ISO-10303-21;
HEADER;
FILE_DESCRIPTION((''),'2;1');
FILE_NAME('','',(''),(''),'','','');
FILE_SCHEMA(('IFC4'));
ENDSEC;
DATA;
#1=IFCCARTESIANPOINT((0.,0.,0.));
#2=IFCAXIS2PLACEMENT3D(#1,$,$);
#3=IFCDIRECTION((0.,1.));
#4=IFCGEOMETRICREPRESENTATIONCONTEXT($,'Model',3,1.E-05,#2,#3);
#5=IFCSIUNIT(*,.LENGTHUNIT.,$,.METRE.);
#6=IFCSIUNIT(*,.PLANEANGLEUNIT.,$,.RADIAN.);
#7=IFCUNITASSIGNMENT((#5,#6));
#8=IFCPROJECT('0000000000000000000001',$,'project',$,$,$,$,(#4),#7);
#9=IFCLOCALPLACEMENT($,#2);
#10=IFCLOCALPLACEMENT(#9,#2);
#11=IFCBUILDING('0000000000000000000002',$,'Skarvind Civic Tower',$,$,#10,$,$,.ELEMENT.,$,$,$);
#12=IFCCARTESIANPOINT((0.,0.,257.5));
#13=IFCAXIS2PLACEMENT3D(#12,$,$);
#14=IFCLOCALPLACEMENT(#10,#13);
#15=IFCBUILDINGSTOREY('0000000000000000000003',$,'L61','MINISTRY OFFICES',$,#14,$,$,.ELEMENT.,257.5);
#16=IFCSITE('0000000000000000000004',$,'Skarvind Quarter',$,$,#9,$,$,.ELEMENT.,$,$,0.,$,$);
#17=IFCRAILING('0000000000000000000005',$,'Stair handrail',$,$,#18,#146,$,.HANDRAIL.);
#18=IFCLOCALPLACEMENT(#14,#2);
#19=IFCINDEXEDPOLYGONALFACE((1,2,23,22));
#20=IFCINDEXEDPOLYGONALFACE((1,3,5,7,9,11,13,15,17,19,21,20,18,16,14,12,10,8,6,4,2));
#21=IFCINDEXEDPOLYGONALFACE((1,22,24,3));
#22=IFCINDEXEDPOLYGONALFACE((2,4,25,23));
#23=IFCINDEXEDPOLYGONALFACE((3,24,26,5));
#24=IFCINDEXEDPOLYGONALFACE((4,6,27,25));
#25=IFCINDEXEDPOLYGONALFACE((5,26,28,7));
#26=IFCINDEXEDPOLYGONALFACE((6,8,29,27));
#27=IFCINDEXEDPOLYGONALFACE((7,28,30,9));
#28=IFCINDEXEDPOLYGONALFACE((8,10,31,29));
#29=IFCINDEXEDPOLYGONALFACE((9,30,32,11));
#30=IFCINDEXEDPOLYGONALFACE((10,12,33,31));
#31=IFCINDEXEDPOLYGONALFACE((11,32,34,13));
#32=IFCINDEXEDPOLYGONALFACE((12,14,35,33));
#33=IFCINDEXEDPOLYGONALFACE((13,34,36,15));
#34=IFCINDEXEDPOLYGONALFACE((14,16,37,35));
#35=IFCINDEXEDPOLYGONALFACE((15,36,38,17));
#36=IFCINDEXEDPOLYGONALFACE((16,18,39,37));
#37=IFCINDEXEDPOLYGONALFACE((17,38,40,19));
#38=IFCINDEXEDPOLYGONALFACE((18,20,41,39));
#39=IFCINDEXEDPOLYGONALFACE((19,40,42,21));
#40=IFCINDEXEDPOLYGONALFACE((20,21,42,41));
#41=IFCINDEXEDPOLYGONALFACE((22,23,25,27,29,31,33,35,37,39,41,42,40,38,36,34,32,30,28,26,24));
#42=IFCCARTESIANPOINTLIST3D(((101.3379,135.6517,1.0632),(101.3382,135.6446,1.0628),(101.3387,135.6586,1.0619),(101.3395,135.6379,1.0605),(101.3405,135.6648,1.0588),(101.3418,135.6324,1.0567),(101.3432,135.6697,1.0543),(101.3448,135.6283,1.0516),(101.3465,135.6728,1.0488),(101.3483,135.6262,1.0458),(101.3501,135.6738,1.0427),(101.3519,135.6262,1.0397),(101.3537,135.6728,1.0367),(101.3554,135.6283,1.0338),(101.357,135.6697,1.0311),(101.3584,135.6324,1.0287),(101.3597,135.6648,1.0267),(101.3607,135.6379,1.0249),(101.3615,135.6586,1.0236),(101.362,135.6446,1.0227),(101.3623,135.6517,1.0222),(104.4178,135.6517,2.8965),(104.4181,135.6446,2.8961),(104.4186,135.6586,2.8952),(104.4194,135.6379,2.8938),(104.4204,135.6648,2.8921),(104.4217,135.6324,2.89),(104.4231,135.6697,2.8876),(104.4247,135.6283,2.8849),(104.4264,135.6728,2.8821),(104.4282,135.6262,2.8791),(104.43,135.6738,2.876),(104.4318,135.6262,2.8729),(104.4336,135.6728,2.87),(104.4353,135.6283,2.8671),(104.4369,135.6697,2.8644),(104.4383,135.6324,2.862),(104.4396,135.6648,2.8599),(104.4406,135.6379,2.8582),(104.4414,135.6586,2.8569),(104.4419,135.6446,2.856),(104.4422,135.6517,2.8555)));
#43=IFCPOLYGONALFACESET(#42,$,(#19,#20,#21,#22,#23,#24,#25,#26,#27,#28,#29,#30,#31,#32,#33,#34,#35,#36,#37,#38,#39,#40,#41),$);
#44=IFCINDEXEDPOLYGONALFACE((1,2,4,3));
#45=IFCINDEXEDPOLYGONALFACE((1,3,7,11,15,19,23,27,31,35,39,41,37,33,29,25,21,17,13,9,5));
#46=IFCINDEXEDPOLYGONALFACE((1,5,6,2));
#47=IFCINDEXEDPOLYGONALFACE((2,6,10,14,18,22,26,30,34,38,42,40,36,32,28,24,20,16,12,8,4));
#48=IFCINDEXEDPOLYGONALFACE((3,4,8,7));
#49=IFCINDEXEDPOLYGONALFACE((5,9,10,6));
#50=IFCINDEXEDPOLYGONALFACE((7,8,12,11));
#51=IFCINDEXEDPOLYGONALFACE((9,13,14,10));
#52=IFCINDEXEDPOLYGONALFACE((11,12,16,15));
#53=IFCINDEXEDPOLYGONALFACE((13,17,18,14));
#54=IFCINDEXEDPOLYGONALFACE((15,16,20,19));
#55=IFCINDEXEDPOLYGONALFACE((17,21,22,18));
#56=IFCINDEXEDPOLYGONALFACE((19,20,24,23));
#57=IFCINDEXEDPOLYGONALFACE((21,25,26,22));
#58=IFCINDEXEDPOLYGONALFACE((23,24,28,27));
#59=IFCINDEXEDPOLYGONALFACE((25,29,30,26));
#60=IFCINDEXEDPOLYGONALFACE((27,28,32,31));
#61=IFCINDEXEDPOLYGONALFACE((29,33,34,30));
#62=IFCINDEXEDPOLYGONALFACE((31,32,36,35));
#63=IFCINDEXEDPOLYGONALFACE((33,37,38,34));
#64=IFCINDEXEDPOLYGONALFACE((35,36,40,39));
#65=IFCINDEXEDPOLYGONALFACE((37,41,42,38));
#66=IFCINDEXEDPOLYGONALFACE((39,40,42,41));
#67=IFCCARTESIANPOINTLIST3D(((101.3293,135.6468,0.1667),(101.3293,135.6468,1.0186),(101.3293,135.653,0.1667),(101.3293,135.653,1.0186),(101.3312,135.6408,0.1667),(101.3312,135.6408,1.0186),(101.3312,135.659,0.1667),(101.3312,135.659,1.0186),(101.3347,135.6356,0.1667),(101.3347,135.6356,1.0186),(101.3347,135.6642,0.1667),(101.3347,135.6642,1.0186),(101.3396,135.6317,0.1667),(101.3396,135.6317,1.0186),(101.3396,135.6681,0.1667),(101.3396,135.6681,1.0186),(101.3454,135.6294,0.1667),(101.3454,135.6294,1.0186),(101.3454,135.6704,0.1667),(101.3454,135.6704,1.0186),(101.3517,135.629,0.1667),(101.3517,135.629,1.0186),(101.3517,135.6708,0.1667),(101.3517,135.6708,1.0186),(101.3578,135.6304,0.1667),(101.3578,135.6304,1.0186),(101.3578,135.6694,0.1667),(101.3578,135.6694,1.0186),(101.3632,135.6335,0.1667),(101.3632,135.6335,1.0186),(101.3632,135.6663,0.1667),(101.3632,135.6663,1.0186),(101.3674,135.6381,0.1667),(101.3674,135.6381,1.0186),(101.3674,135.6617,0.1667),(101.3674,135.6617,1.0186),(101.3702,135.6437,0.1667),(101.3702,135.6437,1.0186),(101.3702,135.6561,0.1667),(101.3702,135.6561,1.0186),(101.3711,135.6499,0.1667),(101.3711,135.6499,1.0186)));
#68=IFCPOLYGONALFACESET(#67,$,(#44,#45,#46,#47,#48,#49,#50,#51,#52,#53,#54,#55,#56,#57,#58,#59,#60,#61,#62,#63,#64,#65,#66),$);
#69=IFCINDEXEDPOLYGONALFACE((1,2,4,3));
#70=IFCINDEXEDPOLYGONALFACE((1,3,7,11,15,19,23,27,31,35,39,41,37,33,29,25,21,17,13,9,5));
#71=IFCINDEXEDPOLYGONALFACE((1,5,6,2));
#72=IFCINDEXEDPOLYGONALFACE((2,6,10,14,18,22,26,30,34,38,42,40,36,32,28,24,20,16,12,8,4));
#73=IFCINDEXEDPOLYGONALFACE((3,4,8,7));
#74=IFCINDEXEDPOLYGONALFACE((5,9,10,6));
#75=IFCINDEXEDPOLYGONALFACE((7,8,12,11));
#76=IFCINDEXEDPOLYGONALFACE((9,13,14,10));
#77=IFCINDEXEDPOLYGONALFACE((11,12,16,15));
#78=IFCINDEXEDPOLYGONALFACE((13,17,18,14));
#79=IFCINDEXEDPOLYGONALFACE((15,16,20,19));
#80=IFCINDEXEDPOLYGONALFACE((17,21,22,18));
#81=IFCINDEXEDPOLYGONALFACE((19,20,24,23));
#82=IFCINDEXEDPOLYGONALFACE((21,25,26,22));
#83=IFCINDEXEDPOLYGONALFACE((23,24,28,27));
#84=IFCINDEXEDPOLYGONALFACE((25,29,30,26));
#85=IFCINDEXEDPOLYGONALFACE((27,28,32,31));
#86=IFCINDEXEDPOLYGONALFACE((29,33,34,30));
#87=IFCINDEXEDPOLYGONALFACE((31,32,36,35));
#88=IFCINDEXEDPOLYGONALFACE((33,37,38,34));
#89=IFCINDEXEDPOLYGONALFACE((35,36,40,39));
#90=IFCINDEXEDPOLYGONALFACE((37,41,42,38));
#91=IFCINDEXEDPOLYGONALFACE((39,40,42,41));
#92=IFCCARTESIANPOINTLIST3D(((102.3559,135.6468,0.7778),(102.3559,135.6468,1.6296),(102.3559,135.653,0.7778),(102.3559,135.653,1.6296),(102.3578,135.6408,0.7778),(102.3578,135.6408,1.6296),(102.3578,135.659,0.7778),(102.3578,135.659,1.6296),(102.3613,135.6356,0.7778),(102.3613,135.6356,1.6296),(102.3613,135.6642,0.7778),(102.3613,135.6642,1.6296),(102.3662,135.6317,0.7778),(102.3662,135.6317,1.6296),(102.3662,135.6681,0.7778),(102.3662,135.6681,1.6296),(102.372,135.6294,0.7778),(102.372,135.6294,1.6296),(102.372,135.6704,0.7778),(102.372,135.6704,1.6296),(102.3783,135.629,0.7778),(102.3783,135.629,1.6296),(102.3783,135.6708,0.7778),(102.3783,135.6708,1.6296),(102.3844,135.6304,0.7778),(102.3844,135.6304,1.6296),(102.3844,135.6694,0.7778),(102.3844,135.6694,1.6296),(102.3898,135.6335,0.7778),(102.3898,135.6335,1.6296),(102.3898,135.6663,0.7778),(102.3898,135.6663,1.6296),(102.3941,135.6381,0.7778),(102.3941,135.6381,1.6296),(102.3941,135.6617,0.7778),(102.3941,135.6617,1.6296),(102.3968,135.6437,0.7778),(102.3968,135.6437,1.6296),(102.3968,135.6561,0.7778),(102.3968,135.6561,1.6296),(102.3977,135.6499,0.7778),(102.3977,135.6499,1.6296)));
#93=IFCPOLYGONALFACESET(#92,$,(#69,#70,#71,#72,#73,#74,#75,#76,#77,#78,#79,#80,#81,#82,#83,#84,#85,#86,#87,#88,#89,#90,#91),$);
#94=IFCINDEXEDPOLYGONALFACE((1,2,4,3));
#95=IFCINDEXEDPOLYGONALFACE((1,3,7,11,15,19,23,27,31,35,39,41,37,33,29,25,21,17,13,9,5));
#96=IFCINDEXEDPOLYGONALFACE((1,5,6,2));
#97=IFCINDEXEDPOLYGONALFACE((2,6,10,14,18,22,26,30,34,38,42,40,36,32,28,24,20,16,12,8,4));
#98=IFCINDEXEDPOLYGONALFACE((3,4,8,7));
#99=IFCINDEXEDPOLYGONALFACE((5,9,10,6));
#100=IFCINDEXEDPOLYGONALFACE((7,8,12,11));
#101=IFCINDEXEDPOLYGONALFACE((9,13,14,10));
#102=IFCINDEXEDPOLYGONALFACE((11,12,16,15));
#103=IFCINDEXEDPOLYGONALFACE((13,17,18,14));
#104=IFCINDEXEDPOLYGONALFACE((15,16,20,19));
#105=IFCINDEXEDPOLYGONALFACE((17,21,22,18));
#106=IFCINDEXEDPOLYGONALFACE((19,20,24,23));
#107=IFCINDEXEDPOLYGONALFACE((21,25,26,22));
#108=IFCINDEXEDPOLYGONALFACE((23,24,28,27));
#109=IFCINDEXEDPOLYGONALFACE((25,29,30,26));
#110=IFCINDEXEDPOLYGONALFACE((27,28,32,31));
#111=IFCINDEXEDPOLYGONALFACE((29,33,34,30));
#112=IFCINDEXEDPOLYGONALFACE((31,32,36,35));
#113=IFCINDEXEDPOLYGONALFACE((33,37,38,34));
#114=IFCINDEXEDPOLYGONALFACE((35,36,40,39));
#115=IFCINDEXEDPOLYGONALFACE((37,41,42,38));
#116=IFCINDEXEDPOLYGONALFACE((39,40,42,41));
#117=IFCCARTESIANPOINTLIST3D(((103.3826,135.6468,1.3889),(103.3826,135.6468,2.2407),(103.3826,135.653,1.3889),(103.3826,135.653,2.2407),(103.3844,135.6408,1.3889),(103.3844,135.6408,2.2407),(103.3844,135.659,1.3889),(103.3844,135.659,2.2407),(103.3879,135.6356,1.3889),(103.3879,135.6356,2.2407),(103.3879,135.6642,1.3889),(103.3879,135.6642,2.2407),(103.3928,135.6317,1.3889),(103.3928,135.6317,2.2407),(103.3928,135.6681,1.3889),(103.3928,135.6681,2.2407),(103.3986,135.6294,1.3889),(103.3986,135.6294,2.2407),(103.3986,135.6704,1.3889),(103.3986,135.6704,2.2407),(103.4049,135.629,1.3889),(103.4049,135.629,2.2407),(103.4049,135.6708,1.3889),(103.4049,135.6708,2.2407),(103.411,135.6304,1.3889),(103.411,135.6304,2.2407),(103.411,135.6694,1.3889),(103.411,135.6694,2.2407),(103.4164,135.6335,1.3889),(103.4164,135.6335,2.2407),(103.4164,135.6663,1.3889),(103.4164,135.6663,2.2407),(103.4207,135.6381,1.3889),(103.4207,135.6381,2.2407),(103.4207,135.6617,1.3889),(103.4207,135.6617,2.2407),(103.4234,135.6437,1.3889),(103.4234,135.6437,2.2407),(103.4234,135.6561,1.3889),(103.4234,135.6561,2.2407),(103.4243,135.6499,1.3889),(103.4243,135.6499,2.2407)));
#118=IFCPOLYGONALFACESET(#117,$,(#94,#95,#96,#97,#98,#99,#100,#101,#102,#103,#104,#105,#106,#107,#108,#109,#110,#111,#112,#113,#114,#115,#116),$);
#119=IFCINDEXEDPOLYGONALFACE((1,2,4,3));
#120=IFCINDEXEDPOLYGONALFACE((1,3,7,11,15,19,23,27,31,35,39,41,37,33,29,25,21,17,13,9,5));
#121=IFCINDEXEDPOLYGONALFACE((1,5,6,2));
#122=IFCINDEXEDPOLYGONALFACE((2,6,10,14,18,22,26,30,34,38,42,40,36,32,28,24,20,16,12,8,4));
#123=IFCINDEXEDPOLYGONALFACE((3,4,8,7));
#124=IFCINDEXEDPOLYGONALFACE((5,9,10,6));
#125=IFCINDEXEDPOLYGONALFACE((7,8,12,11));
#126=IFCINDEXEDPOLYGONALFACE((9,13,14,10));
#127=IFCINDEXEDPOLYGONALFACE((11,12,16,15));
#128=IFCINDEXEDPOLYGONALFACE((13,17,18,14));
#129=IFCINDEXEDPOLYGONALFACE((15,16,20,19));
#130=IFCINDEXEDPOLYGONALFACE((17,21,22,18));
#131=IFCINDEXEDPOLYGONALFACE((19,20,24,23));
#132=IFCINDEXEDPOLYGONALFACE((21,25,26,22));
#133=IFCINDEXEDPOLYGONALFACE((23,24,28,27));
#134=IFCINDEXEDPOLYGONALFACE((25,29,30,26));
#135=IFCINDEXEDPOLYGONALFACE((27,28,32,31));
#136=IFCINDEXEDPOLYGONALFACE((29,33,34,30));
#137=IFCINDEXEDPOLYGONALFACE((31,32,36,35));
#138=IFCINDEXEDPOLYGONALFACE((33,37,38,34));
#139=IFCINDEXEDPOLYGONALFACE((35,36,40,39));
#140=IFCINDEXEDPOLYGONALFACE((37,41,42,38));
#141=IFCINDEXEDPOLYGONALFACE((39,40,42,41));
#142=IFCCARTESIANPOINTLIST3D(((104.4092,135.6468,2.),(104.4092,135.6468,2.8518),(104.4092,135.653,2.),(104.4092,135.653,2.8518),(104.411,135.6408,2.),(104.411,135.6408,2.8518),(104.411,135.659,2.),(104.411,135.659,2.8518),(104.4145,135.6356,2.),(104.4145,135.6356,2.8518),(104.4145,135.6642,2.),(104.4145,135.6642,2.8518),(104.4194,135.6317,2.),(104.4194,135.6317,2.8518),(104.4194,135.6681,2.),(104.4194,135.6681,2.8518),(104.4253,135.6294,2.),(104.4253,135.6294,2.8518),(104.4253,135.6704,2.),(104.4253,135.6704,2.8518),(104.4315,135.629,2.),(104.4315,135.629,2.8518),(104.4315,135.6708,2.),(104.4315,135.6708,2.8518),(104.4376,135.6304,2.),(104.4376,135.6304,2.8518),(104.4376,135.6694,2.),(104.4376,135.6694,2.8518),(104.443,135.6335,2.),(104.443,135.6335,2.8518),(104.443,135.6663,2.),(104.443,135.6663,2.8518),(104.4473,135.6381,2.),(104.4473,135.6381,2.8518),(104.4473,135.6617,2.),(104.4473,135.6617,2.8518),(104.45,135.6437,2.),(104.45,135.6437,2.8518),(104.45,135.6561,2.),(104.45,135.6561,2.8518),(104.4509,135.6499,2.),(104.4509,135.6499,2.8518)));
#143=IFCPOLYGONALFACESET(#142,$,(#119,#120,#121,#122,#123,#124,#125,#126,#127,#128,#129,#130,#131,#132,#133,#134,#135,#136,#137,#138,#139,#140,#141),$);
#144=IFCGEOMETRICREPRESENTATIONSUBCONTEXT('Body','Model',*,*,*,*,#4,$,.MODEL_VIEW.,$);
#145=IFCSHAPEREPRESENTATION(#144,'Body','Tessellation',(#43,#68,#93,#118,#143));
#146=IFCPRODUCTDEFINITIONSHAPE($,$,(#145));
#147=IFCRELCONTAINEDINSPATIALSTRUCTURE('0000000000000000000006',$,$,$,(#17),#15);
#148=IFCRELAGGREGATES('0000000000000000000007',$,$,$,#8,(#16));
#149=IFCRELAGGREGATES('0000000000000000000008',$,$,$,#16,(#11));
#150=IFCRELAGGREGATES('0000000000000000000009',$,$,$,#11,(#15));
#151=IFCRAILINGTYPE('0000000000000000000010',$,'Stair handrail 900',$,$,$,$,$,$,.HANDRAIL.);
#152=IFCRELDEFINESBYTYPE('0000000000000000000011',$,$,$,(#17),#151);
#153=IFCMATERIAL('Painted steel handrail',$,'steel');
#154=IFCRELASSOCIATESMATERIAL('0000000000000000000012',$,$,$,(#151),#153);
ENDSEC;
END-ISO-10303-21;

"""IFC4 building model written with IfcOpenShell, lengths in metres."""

from ifc_helpers import new_model, si_unit, direction, frame, origin, origin_2d, place, context, subcontext, project, spatial, circle, extrude, material, type_object, element, save


model = new_model("IFC4")

# Units and contexts
model_context = context("Model", 3, precision=1e-05, world=origin(), true_north=direction((0.0, 1.0)))
body_context = subcontext(model_context, "Body", "Model", "MODEL_VIEW")
ifc_project = project(units=[si_unit("LENGTHUNIT", "METRE"), si_unit("PLANEANGLEUNIT", "RADIAN")], contexts=[model_context])

# Site, building, storey
site_placement = place(None, origin())
site = spatial("IfcSite", under=ifc_project, at=site_placement, Name="Skarvind Quarter", CompositionType="ELEMENT", RefElevation=0.0)
building_placement = place(site_placement, origin())
building = spatial("IfcBuilding", under=site, at=building_placement, Name="Skarvind Civic Tower", CompositionType="ELEMENT")
storey_placement = place(building_placement, frame((0.0, 0.0, 257.5)))
storey = spatial("IfcBuildingStorey", under=building, at=storey_placement, Name="L61", Description="MINISTRY OFFICES", CompositionType="ELEMENT", Elevation=257.5)

# Railing
ifc_material_1 = material(Name="Painted steel handrail", Category="steel")
railing_type = type_object("IfcRailingType", Name="Stair handrail 900", PredefinedType="HANDRAIL", material=ifc_material_1)
railing_1_placement = place(storey_placement, frame((101.3501, 135.6499, 0.1667)))
element("IfcRailing", 1, at=railing_1_placement, inside=storey, type_object=railing_type, Name="Stair handrail", PredefinedType="HANDRAIL", context=body_context, shape_type="SweptSolid", body=[
    extrude(circle(Radius=0.0239, at=origin_2d()), frame((0.0, 0.0, 0.876), z_axis=(0.859291, 0.0, 0.511487), x_axis=(0.0, 1.0, 0.0)), (0.0, 0.0, 1.0), 3.5842),
    extrude(circle(Radius=0.021, at=origin_2d()), origin(), (0.0, 0.0, 1.0), 0.8518),
    extrude(circle(Radius=0.021, at=origin_2d()), frame((1.0266, 0.0, 0.6111)), (0.0, 0.0, 1.0), 0.8518),
    extrude(circle(Radius=0.021, at=origin_2d()), frame((2.0532, 0.0, 1.2222)), (0.0, 0.0, 1.0), 0.8518),
    extrude(circle(Radius=0.021, at=origin_2d()), frame((3.0798, 0.0, 1.8333)), (0.0, 0.0, 1.0), 0.8518),
])

save(model, "model.ifc")
